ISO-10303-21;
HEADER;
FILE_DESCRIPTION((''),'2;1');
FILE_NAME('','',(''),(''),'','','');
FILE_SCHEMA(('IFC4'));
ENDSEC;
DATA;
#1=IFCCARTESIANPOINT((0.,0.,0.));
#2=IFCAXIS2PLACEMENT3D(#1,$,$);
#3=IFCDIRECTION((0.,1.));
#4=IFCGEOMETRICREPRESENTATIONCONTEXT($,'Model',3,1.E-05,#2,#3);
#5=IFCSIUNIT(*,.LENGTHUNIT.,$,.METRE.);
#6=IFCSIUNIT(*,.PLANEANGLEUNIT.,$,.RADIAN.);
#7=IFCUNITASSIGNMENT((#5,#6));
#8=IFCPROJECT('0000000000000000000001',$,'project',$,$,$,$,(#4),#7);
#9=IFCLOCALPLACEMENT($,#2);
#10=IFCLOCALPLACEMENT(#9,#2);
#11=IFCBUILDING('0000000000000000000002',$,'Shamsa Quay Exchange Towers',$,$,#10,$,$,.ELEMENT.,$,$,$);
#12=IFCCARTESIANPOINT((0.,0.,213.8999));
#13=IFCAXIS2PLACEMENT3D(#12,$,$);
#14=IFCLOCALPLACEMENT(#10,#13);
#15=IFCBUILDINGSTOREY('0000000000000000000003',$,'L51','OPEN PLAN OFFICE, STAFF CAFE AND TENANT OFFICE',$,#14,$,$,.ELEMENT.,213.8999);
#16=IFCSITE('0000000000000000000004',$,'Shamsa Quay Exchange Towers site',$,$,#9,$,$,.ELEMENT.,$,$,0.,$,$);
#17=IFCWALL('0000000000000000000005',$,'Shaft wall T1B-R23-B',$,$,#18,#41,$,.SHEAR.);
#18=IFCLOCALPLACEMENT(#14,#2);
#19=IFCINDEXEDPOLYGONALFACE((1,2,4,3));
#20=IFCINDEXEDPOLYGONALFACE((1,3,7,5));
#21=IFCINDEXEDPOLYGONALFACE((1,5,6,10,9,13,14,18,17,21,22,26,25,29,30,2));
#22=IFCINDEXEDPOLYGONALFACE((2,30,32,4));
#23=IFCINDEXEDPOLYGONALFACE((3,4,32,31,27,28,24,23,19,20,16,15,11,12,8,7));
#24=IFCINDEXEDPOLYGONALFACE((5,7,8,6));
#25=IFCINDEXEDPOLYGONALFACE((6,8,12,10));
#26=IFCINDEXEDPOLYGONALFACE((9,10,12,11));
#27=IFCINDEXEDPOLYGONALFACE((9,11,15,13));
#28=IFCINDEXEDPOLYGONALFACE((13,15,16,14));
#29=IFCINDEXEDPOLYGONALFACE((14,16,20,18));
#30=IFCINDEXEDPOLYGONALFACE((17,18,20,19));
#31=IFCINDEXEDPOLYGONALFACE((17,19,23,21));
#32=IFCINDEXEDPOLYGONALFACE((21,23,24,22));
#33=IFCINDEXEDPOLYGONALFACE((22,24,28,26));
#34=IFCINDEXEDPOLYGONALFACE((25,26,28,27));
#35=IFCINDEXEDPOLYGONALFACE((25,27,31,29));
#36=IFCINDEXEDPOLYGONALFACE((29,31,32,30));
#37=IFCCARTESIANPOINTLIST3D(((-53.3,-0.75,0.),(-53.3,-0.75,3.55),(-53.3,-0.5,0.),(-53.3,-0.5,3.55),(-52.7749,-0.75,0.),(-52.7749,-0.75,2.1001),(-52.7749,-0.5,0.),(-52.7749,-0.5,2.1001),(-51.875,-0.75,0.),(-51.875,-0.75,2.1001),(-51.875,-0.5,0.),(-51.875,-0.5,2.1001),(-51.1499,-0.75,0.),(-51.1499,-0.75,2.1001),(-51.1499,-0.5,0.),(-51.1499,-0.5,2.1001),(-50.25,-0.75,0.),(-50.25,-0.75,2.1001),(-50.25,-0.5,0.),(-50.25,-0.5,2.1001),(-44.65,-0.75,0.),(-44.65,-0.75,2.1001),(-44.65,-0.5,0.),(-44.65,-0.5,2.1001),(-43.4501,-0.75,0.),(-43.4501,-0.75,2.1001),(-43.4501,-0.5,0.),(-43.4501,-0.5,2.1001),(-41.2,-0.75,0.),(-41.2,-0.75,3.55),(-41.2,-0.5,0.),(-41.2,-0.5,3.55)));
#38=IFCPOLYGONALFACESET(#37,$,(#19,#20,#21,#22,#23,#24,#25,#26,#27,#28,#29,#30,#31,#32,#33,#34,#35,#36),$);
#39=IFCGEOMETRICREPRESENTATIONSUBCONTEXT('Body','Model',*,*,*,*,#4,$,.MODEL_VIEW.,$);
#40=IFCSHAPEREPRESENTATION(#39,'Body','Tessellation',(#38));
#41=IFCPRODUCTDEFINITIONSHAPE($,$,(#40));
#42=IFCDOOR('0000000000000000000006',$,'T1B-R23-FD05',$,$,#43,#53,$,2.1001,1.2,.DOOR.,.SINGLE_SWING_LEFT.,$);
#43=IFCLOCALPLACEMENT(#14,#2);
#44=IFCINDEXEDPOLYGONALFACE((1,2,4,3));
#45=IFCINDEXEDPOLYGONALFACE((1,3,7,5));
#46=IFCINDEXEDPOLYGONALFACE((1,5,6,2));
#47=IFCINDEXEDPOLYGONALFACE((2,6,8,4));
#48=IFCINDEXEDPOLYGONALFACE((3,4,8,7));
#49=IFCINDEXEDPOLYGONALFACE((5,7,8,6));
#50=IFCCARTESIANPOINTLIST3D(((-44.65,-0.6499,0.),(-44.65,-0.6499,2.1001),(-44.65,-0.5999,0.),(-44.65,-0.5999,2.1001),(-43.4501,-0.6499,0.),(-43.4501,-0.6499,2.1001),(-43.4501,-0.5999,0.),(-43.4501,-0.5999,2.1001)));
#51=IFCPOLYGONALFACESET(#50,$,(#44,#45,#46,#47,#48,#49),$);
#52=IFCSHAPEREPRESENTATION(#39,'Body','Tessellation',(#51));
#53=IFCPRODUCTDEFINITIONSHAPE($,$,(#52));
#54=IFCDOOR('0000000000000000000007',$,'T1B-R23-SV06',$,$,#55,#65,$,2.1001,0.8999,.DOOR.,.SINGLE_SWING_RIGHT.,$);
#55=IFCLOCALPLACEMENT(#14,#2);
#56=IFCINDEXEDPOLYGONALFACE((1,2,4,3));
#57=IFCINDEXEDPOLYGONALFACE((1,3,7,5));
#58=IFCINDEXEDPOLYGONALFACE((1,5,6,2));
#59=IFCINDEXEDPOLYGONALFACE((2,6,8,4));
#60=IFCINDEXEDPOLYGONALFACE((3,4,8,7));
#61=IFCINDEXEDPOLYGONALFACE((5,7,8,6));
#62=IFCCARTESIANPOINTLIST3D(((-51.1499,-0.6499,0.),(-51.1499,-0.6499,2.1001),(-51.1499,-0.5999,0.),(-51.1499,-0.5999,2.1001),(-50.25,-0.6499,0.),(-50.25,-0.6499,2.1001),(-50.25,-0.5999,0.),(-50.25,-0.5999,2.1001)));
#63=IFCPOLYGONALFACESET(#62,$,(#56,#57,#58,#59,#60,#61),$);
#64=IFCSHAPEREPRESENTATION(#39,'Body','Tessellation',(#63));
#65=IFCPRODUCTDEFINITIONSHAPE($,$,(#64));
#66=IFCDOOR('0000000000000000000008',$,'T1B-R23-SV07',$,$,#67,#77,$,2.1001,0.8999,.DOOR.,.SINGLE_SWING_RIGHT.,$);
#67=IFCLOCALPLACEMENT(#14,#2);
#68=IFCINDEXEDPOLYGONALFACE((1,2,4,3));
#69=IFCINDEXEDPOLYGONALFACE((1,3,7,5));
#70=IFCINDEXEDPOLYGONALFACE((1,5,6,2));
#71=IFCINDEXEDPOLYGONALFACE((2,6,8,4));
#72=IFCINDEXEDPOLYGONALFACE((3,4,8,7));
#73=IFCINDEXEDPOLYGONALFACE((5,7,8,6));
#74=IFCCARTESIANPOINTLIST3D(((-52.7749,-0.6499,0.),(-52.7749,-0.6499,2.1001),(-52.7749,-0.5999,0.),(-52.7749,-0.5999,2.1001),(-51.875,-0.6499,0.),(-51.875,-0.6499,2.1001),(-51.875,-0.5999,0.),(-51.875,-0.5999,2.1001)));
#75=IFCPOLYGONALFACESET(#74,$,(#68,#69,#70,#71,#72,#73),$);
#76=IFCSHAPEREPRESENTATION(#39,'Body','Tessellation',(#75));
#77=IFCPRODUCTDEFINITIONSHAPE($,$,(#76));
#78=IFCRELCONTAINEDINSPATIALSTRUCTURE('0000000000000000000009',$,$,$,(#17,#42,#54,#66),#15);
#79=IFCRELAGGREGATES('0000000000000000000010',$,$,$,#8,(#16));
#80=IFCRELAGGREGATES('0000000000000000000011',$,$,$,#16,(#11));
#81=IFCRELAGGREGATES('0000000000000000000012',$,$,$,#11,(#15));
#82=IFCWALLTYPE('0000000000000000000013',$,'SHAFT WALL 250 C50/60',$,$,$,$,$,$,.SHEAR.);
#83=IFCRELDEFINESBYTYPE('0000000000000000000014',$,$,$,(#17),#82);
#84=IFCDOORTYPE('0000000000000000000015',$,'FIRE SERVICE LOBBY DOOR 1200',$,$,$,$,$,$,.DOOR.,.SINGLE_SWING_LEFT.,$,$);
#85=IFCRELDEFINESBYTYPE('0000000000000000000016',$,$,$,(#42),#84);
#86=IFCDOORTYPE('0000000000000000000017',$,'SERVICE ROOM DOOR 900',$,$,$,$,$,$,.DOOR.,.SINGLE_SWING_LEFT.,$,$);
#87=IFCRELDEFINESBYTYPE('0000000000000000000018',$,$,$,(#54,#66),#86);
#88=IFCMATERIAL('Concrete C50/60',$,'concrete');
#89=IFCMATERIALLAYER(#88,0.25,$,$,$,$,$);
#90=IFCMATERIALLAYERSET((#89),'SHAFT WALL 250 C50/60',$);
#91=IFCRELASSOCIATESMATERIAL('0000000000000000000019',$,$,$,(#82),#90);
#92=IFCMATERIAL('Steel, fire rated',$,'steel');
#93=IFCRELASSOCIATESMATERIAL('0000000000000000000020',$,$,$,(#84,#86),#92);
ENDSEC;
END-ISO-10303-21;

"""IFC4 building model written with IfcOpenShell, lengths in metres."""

from ifc_helpers import new_model, si_unit, direction, frame, frame_2d, origin, place, context, subcontext, project, spatial, rectangle, extrude, material, layer, layer_set, type_object, element, fill, save


model = new_model("IFC4")

# Units and contexts
model_context = context("Model", 3, precision=1e-05, world=origin(), true_north=direction((0.0, 1.0)))
body_context = subcontext(model_context, "Body", "Model", "MODEL_VIEW")
ifc_project = project(units=[si_unit("LENGTHUNIT", "METRE"), si_unit("PLANEANGLEUNIT", "RADIAN")], contexts=[model_context])

# Site, building, storey
site_placement = place(None, origin())
site = spatial("IfcSite", under=ifc_project, at=site_placement, Name="Shamsa Quay Exchange Towers site", CompositionType="ELEMENT", RefElevation=0.0)
building_placement = place(site_placement, origin())
building = spatial("IfcBuilding", under=site, at=building_placement, Name="Shamsa Quay Exchange Towers", CompositionType="ELEMENT")
storey_placement = place(building_placement, frame((0.0, 0.0, 213.8999)))
storey = spatial("IfcBuildingStorey", under=building, at=storey_placement, Name="L51", Description="OPEN PLAN OFFICE, STAFF CAFE AND TENANT OFFICE", CompositionType="ELEMENT", Elevation=213.8999)

# Shared definitions
ifc_material_1 = material(Name="Steel, fire rated", Category="steel")

# Shared definitions
ifc_material_2 = material(Name="Concrete C50/60", Category="concrete")
ifc_layer_1 = layer(ifc_material_2, 0.25)
ifc_layer_set_1 = layer_set([ifc_layer_1], Name="SHAFT WALL 250 C50/60")
wall_type_1 = type_object("IfcWallType", Name="SHAFT WALL 250 C50/60", PredefinedType="SHEAR", material=ifc_layer_set_1)

# Wall, openings, doors
wall_1_placement = place(storey_placement, frame((-41.2, -0.625, 0.0), z_axis=(0.0, 0.0, 1.0), x_axis=(-1.0, 0.0, 0.0)))
wall_1 = element("IfcWall", 1, at=wall_1_placement, inside=storey, type_object=wall_type_1, Name="Shaft wall T1B-R23-B", PredefinedType="SHEAR", context=body_context, shape_type="SweptSolid", body=[
    extrude(rectangle(XDim=12.1001, YDim=0.25, at=frame_2d((6.05, 0.0))), origin(), (0.0, 0.0, 1.0), 3.55),
])
opening_1_placement = place(wall_1_placement, frame((2.25, 0.0, 0.0)))
opening_1 = element("IfcOpeningElement", 2, at=opening_1_placement, cuts=wall_1, PredefinedType="OPENING", context=body_context, shape_type="SweptSolid", body=[
    extrude(rectangle(XDim=1.2, YDim=2.1001, at=frame_2d((0.6001, 1.05))), frame((0.0, 0.135, 0.0), z_axis=(0.0, -1.0, 0.0), x_axis=(1.0, 0.0, 0.0)), (0.0, 0.0, 1.0), 0.27),
])
opening_2_placement = place(wall_1_placement, frame((9.05, 0.0, 0.0)))
opening_2 = element("IfcOpeningElement", 3, at=opening_2_placement, cuts=wall_1, PredefinedType="OPENING", context=body_context, shape_type="SweptSolid", body=[
    extrude(rectangle(XDim=0.8999, YDim=2.1001, at=frame_2d((0.45, 1.05))), frame((0.0, 0.135, 0.0), z_axis=(0.0, -1.0, 0.0), x_axis=(1.0, 0.0, 0.0)), (0.0, 0.0, 1.0), 0.27),
])
opening_3_placement = place(wall_1_placement, frame((10.675, 0.0, 0.0)))
opening_3 = element("IfcOpeningElement", 4, at=opening_3_placement, cuts=wall_1, PredefinedType="OPENING", context=body_context, shape_type="SweptSolid", body=[
    extrude(rectangle(XDim=0.8999, YDim=2.1001, at=frame_2d((0.45, 1.05))), frame((0.0, 0.135, 0.0), z_axis=(0.0, -1.0, 0.0), x_axis=(1.0, 0.0, 0.0)), (0.0, 0.0, 1.0), 0.27),
])
door_type_1 = type_object("IfcDoorType", Name="FIRE SERVICE LOBBY DOOR 1200", OperationType="SINGLE_SWING_LEFT", PredefinedType="DOOR", material=ifc_material_1)
door_1_placement = place(opening_1_placement, origin())
door_1 = element("IfcDoor", 5, at=door_1_placement, inside=storey, type_object=door_type_1, Name="T1B-R23-FD05", OperationType="SINGLE_SWING_LEFT", OverallHeight=2.1001, OverallWidth=1.2, PredefinedType="DOOR", context=body_context, shape_type="SweptSolid", body=[
    extrude(rectangle(XDim=1.2, YDim=2.1001, at=frame_2d((0.6001, 1.05))), frame((0.0, 0.0249, 0.0), z_axis=(0.0, -1.0, 0.0), x_axis=(1.0, 0.0, 0.0)), (0.0, 0.0, 1.0), 0.05),
])
fill(opening_1, door_1)
door_type_2 = type_object("IfcDoorType", Name="SERVICE ROOM DOOR 900", OperationType="SINGLE_SWING_LEFT", PredefinedType="DOOR", material=ifc_material_1)
door_2_placement = place(opening_2_placement, origin())
door_2 = element("IfcDoor", 6, at=door_2_placement, inside=storey, type_object=door_type_2, Name="T1B-R23-SV06", OperationType="SINGLE_SWING_RIGHT", OverallHeight=2.1001, OverallWidth=0.8999, PredefinedType="DOOR", context=body_context, shape_type="SweptSolid", body=[
    extrude(rectangle(XDim=0.8999, YDim=2.1001, at=frame_2d((0.45, 1.05))), frame((0.0, 0.0249, 0.0), z_axis=(0.0, -1.0, 0.0), x_axis=(1.0, 0.0, 0.0)), (0.0, 0.0, 1.0), 0.05),
])
fill(opening_2, door_2)
door_3_placement = place(opening_3_placement, origin())
door_3 = element("IfcDoor", 7, at=door_3_placement, inside=storey, type_object=door_type_2, Name="T1B-R23-SV07", OperationType="SINGLE_SWING_RIGHT", OverallHeight=2.1001, OverallWidth=0.8999, PredefinedType="DOOR", context=body_context, shape_type="SweptSolid", body=[
    extrude(rectangle(XDim=0.8999, YDim=2.1001, at=frame_2d((0.45, 1.05))), frame((0.0, 0.0249, 0.0), z_axis=(0.0, -1.0, 0.0), x_axis=(1.0, 0.0, 0.0)), (0.0, 0.0, 1.0), 0.05),
])
fill(opening_3, door_3)

save(model, "model.ifc")
